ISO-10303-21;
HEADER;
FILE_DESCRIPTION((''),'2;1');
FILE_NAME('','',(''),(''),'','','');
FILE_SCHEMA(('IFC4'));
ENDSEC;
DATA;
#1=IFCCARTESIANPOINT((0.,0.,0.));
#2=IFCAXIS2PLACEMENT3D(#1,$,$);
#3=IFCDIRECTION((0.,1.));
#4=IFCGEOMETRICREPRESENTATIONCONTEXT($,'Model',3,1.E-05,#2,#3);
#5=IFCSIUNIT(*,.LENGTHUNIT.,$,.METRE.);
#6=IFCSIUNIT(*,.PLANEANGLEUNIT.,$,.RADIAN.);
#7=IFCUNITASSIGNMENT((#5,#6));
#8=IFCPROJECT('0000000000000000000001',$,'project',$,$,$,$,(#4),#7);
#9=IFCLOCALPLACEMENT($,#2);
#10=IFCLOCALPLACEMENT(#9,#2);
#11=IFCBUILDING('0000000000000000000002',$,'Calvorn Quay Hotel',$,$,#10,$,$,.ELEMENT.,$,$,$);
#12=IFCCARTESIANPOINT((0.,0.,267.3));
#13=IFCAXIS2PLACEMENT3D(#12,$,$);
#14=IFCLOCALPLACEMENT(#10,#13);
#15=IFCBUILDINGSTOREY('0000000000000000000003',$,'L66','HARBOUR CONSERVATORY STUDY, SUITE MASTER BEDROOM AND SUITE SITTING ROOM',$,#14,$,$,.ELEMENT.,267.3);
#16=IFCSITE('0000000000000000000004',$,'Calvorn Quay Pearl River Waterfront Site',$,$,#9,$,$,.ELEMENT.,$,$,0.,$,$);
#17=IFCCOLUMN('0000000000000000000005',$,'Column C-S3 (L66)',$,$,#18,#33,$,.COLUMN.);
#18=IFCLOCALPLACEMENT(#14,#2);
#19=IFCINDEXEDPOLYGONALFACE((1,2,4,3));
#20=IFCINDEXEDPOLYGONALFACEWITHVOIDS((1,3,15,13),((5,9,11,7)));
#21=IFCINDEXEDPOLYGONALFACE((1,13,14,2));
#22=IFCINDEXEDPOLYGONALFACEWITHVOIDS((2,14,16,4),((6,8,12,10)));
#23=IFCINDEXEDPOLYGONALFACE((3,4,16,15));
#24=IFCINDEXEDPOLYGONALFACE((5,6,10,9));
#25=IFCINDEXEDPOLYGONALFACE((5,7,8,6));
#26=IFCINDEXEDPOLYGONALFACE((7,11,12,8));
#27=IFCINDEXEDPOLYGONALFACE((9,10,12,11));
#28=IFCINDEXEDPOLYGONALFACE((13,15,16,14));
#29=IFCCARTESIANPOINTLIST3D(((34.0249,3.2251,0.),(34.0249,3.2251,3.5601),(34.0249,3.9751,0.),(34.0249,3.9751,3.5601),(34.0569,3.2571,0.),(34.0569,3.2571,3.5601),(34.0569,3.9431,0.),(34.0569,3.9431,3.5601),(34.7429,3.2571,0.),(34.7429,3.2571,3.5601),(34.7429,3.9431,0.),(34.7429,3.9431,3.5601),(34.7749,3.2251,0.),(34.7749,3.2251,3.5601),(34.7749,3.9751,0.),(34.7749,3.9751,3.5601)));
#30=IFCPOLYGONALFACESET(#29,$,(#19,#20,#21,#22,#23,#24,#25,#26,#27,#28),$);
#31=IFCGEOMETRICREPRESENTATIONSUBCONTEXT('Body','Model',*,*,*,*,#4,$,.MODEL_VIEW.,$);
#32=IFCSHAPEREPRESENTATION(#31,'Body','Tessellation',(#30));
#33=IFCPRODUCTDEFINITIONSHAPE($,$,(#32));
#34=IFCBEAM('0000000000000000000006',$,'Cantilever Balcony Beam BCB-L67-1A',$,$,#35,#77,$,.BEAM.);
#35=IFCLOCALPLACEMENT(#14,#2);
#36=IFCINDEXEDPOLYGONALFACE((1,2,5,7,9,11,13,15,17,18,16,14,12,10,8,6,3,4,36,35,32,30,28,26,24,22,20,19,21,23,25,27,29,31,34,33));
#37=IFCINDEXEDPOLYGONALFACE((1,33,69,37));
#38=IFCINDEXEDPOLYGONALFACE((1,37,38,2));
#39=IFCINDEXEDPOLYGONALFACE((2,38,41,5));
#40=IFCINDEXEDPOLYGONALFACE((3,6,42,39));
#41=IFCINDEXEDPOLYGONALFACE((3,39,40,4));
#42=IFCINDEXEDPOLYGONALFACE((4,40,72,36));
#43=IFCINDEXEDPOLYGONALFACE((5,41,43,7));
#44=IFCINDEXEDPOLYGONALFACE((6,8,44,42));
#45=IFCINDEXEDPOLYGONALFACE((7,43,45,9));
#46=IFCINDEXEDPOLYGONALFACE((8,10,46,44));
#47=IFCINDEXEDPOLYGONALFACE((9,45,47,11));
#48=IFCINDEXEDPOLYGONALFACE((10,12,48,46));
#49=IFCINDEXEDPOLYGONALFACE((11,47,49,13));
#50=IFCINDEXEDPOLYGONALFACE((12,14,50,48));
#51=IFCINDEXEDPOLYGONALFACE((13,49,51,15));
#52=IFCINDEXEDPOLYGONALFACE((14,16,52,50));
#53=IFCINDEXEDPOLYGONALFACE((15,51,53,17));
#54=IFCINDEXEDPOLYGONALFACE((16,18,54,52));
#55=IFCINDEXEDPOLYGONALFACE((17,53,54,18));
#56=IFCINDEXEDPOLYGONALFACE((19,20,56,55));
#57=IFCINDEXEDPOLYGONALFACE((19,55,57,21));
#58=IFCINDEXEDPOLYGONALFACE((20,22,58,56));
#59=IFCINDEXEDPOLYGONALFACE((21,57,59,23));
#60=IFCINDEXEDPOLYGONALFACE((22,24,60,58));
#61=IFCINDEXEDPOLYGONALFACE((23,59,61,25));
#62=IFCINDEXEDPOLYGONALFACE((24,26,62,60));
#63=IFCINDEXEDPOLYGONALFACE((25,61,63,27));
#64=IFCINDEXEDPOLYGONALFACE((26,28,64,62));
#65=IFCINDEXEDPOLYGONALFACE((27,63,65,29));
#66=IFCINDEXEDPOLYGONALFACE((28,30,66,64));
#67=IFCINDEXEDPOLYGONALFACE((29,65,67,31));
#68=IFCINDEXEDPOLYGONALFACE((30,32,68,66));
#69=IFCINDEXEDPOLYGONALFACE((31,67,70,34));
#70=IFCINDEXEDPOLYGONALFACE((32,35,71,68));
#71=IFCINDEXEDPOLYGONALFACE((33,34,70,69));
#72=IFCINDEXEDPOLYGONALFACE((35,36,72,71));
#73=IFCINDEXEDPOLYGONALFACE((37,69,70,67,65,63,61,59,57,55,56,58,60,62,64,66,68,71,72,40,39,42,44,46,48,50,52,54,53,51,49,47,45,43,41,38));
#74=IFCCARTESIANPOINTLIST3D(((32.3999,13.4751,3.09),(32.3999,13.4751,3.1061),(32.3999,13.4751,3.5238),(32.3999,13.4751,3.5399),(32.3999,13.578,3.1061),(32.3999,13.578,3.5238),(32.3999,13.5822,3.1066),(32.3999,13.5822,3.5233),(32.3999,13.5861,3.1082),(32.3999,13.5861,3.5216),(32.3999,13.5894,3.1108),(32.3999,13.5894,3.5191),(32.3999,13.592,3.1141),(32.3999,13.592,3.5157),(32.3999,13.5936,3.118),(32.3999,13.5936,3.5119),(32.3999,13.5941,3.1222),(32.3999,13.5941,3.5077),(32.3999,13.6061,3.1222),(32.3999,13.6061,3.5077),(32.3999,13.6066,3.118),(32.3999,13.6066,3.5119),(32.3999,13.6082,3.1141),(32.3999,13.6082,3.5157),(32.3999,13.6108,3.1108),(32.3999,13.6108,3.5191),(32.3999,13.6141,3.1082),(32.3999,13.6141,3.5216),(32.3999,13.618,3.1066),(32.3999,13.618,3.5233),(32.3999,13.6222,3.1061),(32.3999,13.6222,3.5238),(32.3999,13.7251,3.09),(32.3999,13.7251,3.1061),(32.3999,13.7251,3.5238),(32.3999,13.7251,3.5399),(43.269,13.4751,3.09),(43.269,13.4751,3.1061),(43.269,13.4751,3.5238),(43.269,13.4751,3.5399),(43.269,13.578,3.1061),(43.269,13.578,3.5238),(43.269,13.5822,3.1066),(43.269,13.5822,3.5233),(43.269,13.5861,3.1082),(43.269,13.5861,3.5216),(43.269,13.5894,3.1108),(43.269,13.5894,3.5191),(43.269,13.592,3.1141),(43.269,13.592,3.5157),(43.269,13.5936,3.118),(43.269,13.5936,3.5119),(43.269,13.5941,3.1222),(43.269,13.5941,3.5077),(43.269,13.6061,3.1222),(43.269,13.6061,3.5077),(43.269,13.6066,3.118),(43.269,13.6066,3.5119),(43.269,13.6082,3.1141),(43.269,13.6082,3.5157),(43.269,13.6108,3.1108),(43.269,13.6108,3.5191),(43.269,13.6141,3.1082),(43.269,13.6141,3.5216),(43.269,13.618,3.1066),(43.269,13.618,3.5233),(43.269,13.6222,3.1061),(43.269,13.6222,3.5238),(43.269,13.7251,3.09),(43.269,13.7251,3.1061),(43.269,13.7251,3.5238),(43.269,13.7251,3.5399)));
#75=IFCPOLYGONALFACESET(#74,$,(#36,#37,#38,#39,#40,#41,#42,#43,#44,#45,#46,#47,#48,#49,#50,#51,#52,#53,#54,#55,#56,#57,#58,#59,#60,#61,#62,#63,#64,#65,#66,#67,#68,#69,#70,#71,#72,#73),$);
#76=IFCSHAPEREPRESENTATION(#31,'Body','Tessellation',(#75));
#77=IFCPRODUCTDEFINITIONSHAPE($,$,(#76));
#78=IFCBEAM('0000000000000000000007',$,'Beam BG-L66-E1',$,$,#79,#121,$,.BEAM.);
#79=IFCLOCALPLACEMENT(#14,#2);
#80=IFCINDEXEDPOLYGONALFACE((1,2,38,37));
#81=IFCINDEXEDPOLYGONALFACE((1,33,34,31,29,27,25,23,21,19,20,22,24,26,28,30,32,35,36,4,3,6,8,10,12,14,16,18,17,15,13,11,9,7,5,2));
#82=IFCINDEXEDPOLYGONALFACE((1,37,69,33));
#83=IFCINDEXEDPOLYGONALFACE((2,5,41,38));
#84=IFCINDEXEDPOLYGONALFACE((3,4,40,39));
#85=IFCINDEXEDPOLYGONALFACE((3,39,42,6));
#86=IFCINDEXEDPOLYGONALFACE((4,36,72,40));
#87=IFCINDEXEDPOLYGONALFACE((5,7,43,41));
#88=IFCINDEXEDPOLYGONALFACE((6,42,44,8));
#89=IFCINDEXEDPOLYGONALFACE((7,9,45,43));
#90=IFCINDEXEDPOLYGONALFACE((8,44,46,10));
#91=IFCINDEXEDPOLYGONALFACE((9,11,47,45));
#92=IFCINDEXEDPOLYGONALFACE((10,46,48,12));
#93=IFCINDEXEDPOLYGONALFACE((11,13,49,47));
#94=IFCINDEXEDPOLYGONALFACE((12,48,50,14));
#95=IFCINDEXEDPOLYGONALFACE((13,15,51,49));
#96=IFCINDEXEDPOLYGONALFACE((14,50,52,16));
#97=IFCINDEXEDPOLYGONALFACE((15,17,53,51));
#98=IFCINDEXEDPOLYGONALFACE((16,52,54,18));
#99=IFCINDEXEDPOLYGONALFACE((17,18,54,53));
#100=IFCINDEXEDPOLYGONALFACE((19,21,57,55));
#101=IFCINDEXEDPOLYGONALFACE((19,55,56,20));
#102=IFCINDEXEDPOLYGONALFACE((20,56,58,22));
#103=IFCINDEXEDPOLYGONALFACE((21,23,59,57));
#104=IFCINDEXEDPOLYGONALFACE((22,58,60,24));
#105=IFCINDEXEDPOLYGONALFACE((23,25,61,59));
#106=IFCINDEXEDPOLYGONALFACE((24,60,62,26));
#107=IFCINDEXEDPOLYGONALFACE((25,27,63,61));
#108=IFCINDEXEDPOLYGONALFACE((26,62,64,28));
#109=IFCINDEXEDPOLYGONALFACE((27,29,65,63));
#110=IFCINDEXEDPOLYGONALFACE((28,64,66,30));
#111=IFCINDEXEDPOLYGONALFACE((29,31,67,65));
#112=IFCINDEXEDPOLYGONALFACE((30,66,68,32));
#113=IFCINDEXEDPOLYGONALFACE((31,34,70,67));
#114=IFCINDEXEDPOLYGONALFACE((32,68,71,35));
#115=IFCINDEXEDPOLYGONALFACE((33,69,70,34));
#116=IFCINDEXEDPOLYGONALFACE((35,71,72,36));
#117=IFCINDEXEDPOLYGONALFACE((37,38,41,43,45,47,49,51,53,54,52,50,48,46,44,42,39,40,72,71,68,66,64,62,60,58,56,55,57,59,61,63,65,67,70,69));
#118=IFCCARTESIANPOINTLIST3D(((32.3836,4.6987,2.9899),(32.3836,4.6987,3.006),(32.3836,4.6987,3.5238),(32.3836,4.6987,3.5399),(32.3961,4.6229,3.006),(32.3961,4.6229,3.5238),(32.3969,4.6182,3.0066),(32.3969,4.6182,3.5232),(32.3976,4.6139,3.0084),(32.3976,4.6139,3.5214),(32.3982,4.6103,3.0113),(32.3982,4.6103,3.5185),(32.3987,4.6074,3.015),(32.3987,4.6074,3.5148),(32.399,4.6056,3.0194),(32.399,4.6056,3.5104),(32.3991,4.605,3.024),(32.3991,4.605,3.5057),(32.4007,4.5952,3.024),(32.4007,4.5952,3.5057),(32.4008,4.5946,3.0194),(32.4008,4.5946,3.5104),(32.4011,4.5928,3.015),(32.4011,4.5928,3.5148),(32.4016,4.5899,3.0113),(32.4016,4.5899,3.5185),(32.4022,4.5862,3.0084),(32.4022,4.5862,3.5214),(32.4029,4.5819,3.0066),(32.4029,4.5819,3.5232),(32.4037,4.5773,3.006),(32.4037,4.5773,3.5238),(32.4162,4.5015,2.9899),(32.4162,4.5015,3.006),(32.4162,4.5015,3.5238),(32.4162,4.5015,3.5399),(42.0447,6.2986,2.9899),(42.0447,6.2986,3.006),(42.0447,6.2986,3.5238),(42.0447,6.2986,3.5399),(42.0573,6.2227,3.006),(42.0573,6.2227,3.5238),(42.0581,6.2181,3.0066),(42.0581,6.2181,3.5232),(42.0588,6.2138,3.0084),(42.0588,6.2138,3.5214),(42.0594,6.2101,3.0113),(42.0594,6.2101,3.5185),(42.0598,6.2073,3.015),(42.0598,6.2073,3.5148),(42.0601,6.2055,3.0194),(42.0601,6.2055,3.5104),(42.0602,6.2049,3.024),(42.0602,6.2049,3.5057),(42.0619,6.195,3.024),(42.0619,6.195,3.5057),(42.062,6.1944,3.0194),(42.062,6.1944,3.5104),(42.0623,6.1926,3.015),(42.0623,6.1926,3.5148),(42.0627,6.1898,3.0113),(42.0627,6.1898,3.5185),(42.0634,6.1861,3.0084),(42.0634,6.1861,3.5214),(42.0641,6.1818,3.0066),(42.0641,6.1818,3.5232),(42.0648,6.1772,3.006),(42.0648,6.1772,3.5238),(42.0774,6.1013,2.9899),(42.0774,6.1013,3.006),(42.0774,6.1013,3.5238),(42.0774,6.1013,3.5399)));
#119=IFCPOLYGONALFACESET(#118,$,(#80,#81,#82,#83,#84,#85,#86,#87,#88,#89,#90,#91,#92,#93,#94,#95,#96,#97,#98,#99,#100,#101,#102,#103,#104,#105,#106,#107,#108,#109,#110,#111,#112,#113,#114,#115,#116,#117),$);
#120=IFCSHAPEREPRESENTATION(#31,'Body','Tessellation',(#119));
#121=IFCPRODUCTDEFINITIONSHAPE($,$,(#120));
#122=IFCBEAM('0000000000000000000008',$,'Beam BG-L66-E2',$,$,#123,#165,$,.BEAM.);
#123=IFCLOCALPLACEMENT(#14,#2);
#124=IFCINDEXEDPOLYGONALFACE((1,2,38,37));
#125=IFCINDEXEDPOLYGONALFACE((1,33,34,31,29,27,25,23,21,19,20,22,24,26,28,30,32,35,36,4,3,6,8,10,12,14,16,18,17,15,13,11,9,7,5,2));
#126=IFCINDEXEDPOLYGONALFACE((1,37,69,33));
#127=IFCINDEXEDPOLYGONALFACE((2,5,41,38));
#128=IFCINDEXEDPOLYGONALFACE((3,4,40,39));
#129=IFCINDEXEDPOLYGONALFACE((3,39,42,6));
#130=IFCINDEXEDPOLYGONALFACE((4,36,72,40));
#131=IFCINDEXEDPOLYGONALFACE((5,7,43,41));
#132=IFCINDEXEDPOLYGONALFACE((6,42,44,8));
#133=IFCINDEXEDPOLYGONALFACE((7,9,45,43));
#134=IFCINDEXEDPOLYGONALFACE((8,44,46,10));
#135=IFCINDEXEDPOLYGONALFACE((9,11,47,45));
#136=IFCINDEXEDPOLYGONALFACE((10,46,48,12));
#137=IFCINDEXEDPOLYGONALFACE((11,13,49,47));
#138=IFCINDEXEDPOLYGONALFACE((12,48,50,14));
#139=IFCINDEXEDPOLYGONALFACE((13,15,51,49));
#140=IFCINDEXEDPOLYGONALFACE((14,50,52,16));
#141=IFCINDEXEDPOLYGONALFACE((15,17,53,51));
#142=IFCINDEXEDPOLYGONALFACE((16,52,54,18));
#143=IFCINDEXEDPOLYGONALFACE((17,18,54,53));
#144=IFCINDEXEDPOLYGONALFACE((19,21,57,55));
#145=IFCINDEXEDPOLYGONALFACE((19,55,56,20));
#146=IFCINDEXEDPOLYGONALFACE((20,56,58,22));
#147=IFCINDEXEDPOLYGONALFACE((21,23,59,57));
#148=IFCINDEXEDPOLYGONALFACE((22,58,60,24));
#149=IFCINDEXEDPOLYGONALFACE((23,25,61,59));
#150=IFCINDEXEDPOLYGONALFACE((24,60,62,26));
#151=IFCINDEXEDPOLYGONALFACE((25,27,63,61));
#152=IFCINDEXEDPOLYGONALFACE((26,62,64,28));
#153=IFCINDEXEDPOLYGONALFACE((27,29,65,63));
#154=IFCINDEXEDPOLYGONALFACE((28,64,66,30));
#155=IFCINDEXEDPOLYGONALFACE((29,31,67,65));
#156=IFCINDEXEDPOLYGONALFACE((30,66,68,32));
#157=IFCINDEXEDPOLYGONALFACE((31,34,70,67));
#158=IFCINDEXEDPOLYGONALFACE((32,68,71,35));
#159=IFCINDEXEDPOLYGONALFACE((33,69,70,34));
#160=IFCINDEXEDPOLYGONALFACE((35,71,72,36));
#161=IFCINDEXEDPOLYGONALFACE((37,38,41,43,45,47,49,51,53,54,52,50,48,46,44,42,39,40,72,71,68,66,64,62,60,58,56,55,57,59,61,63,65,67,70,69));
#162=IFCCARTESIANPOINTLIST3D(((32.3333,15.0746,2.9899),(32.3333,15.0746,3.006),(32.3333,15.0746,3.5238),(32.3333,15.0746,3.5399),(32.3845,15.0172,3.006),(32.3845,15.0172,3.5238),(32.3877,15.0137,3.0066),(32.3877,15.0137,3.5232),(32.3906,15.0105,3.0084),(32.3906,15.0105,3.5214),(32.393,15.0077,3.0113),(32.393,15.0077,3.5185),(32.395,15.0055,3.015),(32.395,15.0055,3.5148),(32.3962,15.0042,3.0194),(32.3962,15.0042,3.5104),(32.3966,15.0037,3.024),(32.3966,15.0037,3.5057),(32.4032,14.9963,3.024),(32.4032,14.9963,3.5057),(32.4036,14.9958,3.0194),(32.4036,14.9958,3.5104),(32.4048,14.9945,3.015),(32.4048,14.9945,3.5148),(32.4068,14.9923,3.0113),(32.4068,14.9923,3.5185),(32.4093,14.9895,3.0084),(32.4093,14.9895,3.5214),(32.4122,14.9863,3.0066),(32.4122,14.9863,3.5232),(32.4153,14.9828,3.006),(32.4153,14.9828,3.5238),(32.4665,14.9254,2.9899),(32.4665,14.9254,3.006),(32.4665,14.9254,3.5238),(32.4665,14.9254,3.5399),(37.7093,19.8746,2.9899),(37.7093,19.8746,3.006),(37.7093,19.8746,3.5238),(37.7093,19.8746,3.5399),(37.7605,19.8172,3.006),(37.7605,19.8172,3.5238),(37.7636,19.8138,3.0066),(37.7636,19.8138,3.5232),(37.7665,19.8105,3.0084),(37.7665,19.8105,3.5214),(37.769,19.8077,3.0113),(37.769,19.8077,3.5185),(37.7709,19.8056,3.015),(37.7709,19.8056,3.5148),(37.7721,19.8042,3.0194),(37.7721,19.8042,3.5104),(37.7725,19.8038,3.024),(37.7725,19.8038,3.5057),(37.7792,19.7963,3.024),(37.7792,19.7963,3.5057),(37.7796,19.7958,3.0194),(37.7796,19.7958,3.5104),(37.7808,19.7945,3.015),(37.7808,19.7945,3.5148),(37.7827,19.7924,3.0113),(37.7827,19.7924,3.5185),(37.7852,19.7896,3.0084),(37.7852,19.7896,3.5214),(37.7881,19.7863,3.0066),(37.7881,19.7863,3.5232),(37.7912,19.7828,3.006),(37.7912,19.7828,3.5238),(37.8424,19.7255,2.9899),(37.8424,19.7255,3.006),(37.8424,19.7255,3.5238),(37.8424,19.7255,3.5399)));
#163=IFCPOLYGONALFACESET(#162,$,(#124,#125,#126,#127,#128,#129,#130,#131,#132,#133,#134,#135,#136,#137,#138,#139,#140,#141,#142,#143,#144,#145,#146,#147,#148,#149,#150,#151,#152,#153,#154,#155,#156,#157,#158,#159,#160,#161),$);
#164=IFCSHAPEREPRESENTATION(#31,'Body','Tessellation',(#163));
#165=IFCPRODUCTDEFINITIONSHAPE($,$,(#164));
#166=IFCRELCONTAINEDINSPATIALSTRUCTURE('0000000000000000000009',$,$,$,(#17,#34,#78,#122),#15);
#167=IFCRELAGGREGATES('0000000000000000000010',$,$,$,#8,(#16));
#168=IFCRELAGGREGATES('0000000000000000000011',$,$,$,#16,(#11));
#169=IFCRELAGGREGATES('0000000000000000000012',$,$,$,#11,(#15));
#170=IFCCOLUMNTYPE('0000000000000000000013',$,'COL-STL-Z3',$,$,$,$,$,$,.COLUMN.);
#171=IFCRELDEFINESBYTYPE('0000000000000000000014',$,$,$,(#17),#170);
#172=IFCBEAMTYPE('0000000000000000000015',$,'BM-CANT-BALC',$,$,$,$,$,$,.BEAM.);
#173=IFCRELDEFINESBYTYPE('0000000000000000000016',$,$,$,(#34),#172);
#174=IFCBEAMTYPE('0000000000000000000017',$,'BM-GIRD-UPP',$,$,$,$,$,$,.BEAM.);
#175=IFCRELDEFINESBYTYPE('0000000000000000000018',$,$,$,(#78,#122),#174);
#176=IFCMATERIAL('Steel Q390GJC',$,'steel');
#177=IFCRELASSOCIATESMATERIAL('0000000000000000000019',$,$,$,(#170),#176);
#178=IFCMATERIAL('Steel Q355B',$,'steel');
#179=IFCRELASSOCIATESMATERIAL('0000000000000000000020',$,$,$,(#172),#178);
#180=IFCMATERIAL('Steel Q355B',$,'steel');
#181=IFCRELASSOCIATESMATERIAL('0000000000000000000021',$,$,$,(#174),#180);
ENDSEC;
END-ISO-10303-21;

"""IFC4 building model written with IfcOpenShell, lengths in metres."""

from ifc_helpers import new_model, si_unit, direction, frame, origin, origin_2d, place, context, subcontext, project, spatial, hollow_rectangle, i_section, extrude, material, material_profile, profile_set, type_object, element, save


model = new_model("IFC4")

# Units and contexts
model_context = context("Model", 3, precision=1e-05, world=origin(), true_north=direction((0.0, 1.0)))
body_context = subcontext(model_context, "Body", "Model", "MODEL_VIEW")
ifc_project = project(units=[si_unit("LENGTHUNIT", "METRE"), si_unit("PLANEANGLEUNIT", "RADIAN")], contexts=[model_context])

# Site, building, storey
site_placement = place(None, origin())
site = spatial("IfcSite", under=ifc_project, at=site_placement, Name="Calvorn Quay Pearl River Waterfront Site", CompositionType="ELEMENT", RefElevation=0.0)
building_placement = place(site_placement, origin())
building = spatial("IfcBuilding", under=site, at=building_placement, Name="Calvorn Quay Hotel", CompositionType="ELEMENT")
storey_placement = place(building_placement, frame((0.0, 0.0, 267.3)))
storey = spatial("IfcBuildingStorey", under=building, at=storey_placement, Name="L66", Description="HARBOUR CONSERVATORY STUDY, SUITE MASTER BEDROOM AND SUITE SITTING ROOM", CompositionType="ELEMENT", Elevation=267.3)

# Column
ifc_material_1 = material(Name="Steel Q390GJC", Category="steel")
ifc_material_profile_1 = material_profile(ifc_material_1, hollow_rectangle(XDim=0.75, YDim=0.75, WallThickness=0.032, at=origin_2d()), Name="BOX750x750x32")
ifc_profile_set_1 = profile_set([ifc_material_profile_1], Name="Steel Q390GJC")
column_type = type_object("IfcColumnType", Name="COL-STL-Z3", PredefinedType="COLUMN", material=ifc_profile_set_1)
column_placement = place(storey_placement, frame((34.3999, 3.6001, 0.0), z_axis=(0.0, 0.0, 1.0), x_axis=(1.0, 0.0, 0.0)))
element("IfcColumn", 1, at=column_placement, inside=storey, type_object=column_type, Name="Column C-S3 (L66)", PredefinedType="COLUMN", context=body_context, shape_type="SweptSolid", body=[
    extrude(hollow_rectangle(XDim=0.75, YDim=0.75, WallThickness=0.032, at=origin_2d()), origin(), (0.0, 0.0, 1.0), 3.5601),
])

# Beams
ifc_material_2 = material(Name="Steel Q355B", Category="steel")
ifc_material_profile_2 = material_profile(ifc_material_2, i_section(OverallWidth=0.25, OverallDepth=0.45, WebThickness=0.012, FlangeThickness=0.0161, FilletRadius=0.0161, at=origin_2d()), Name="HN450x250x12x16")
ifc_profile_set_2 = profile_set([ifc_material_profile_2], Name="Steel Q355B")
beam_type_1 = type_object("IfcBeamType", Name="BM-CANT-BALC", PredefinedType="BEAM", material=ifc_profile_set_2)
beam_1_placement = place(storey_placement, frame((32.3999, 13.6001, 3.3149), z_axis=(1.0, 0.0, 0.0), x_axis=(0.0, 1.0, 0.0)))
element("IfcBeam", 2, at=beam_1_placement, inside=storey, type_object=beam_type_1, Name="Cantilever Balcony Beam BCB-L67-1A", PredefinedType="BEAM", context=body_context, shape_type="SweptSolid", body=[
    extrude(i_section(OverallWidth=0.25, OverallDepth=0.45, WebThickness=0.012, FlangeThickness=0.0161, FilletRadius=0.0161, at=origin_2d()), origin(), (0.0, 0.0, 1.0), 10.8691),
])
ifc_material_3 = material(Name="Steel Q355B", Category="steel")
ifc_material_profile_3 = material_profile(ifc_material_3, i_section(OverallWidth=0.2, OverallDepth=0.55, WebThickness=0.01, FlangeThickness=0.0161, FilletRadius=0.0181, at=origin_2d()), Name="HN550x200x10x16")
ifc_profile_set_3 = profile_set([ifc_material_profile_3], Name="Steel Q355B")
beam_type_2 = type_object("IfcBeamType", Name="BM-GIRD-UPP", PredefinedType="BEAM", material=ifc_profile_set_3)
beam_2_placement = place(storey_placement, frame((32.3999, 4.6001, 3.2649), z_axis=(0.986565, 0.163372, 0.0), x_axis=(-0.163372, 0.986565, 0.0)))
element("IfcBeam", 3, at=beam_2_placement, inside=storey, type_object=beam_type_2, Name="Beam BG-L66-E1", PredefinedType="BEAM", context=body_context, shape_type="SweptSolid", body=[
    extrude(i_section(OverallWidth=0.2, OverallDepth=0.55, WebThickness=0.01, FlangeThickness=0.0161, FilletRadius=0.0181, at=origin_2d()), origin(), (0.0, 0.0, 1.0), 9.7927),
])
beam_3_placement = place(storey_placement, frame((32.3999, 15.0, 3.2649), z_axis=(0.745933, 0.666021, 0.0), x_axis=(-0.666021, 0.745933, 0.0)))
element("IfcBeam", 4, at=beam_3_placement, inside=storey, type_object=beam_type_2, Name="Beam BG-L66-E2", PredefinedType="BEAM", context=body_context, shape_type="SweptSolid", body=[
    extrude(i_section(OverallWidth=0.2, OverallDepth=0.55, WebThickness=0.01, FlangeThickness=0.0161, FilletRadius=0.0181, at=origin_2d()), origin(), (0.0, 0.0, 1.0), 7.207),
])

save(model, "model.ifc")
